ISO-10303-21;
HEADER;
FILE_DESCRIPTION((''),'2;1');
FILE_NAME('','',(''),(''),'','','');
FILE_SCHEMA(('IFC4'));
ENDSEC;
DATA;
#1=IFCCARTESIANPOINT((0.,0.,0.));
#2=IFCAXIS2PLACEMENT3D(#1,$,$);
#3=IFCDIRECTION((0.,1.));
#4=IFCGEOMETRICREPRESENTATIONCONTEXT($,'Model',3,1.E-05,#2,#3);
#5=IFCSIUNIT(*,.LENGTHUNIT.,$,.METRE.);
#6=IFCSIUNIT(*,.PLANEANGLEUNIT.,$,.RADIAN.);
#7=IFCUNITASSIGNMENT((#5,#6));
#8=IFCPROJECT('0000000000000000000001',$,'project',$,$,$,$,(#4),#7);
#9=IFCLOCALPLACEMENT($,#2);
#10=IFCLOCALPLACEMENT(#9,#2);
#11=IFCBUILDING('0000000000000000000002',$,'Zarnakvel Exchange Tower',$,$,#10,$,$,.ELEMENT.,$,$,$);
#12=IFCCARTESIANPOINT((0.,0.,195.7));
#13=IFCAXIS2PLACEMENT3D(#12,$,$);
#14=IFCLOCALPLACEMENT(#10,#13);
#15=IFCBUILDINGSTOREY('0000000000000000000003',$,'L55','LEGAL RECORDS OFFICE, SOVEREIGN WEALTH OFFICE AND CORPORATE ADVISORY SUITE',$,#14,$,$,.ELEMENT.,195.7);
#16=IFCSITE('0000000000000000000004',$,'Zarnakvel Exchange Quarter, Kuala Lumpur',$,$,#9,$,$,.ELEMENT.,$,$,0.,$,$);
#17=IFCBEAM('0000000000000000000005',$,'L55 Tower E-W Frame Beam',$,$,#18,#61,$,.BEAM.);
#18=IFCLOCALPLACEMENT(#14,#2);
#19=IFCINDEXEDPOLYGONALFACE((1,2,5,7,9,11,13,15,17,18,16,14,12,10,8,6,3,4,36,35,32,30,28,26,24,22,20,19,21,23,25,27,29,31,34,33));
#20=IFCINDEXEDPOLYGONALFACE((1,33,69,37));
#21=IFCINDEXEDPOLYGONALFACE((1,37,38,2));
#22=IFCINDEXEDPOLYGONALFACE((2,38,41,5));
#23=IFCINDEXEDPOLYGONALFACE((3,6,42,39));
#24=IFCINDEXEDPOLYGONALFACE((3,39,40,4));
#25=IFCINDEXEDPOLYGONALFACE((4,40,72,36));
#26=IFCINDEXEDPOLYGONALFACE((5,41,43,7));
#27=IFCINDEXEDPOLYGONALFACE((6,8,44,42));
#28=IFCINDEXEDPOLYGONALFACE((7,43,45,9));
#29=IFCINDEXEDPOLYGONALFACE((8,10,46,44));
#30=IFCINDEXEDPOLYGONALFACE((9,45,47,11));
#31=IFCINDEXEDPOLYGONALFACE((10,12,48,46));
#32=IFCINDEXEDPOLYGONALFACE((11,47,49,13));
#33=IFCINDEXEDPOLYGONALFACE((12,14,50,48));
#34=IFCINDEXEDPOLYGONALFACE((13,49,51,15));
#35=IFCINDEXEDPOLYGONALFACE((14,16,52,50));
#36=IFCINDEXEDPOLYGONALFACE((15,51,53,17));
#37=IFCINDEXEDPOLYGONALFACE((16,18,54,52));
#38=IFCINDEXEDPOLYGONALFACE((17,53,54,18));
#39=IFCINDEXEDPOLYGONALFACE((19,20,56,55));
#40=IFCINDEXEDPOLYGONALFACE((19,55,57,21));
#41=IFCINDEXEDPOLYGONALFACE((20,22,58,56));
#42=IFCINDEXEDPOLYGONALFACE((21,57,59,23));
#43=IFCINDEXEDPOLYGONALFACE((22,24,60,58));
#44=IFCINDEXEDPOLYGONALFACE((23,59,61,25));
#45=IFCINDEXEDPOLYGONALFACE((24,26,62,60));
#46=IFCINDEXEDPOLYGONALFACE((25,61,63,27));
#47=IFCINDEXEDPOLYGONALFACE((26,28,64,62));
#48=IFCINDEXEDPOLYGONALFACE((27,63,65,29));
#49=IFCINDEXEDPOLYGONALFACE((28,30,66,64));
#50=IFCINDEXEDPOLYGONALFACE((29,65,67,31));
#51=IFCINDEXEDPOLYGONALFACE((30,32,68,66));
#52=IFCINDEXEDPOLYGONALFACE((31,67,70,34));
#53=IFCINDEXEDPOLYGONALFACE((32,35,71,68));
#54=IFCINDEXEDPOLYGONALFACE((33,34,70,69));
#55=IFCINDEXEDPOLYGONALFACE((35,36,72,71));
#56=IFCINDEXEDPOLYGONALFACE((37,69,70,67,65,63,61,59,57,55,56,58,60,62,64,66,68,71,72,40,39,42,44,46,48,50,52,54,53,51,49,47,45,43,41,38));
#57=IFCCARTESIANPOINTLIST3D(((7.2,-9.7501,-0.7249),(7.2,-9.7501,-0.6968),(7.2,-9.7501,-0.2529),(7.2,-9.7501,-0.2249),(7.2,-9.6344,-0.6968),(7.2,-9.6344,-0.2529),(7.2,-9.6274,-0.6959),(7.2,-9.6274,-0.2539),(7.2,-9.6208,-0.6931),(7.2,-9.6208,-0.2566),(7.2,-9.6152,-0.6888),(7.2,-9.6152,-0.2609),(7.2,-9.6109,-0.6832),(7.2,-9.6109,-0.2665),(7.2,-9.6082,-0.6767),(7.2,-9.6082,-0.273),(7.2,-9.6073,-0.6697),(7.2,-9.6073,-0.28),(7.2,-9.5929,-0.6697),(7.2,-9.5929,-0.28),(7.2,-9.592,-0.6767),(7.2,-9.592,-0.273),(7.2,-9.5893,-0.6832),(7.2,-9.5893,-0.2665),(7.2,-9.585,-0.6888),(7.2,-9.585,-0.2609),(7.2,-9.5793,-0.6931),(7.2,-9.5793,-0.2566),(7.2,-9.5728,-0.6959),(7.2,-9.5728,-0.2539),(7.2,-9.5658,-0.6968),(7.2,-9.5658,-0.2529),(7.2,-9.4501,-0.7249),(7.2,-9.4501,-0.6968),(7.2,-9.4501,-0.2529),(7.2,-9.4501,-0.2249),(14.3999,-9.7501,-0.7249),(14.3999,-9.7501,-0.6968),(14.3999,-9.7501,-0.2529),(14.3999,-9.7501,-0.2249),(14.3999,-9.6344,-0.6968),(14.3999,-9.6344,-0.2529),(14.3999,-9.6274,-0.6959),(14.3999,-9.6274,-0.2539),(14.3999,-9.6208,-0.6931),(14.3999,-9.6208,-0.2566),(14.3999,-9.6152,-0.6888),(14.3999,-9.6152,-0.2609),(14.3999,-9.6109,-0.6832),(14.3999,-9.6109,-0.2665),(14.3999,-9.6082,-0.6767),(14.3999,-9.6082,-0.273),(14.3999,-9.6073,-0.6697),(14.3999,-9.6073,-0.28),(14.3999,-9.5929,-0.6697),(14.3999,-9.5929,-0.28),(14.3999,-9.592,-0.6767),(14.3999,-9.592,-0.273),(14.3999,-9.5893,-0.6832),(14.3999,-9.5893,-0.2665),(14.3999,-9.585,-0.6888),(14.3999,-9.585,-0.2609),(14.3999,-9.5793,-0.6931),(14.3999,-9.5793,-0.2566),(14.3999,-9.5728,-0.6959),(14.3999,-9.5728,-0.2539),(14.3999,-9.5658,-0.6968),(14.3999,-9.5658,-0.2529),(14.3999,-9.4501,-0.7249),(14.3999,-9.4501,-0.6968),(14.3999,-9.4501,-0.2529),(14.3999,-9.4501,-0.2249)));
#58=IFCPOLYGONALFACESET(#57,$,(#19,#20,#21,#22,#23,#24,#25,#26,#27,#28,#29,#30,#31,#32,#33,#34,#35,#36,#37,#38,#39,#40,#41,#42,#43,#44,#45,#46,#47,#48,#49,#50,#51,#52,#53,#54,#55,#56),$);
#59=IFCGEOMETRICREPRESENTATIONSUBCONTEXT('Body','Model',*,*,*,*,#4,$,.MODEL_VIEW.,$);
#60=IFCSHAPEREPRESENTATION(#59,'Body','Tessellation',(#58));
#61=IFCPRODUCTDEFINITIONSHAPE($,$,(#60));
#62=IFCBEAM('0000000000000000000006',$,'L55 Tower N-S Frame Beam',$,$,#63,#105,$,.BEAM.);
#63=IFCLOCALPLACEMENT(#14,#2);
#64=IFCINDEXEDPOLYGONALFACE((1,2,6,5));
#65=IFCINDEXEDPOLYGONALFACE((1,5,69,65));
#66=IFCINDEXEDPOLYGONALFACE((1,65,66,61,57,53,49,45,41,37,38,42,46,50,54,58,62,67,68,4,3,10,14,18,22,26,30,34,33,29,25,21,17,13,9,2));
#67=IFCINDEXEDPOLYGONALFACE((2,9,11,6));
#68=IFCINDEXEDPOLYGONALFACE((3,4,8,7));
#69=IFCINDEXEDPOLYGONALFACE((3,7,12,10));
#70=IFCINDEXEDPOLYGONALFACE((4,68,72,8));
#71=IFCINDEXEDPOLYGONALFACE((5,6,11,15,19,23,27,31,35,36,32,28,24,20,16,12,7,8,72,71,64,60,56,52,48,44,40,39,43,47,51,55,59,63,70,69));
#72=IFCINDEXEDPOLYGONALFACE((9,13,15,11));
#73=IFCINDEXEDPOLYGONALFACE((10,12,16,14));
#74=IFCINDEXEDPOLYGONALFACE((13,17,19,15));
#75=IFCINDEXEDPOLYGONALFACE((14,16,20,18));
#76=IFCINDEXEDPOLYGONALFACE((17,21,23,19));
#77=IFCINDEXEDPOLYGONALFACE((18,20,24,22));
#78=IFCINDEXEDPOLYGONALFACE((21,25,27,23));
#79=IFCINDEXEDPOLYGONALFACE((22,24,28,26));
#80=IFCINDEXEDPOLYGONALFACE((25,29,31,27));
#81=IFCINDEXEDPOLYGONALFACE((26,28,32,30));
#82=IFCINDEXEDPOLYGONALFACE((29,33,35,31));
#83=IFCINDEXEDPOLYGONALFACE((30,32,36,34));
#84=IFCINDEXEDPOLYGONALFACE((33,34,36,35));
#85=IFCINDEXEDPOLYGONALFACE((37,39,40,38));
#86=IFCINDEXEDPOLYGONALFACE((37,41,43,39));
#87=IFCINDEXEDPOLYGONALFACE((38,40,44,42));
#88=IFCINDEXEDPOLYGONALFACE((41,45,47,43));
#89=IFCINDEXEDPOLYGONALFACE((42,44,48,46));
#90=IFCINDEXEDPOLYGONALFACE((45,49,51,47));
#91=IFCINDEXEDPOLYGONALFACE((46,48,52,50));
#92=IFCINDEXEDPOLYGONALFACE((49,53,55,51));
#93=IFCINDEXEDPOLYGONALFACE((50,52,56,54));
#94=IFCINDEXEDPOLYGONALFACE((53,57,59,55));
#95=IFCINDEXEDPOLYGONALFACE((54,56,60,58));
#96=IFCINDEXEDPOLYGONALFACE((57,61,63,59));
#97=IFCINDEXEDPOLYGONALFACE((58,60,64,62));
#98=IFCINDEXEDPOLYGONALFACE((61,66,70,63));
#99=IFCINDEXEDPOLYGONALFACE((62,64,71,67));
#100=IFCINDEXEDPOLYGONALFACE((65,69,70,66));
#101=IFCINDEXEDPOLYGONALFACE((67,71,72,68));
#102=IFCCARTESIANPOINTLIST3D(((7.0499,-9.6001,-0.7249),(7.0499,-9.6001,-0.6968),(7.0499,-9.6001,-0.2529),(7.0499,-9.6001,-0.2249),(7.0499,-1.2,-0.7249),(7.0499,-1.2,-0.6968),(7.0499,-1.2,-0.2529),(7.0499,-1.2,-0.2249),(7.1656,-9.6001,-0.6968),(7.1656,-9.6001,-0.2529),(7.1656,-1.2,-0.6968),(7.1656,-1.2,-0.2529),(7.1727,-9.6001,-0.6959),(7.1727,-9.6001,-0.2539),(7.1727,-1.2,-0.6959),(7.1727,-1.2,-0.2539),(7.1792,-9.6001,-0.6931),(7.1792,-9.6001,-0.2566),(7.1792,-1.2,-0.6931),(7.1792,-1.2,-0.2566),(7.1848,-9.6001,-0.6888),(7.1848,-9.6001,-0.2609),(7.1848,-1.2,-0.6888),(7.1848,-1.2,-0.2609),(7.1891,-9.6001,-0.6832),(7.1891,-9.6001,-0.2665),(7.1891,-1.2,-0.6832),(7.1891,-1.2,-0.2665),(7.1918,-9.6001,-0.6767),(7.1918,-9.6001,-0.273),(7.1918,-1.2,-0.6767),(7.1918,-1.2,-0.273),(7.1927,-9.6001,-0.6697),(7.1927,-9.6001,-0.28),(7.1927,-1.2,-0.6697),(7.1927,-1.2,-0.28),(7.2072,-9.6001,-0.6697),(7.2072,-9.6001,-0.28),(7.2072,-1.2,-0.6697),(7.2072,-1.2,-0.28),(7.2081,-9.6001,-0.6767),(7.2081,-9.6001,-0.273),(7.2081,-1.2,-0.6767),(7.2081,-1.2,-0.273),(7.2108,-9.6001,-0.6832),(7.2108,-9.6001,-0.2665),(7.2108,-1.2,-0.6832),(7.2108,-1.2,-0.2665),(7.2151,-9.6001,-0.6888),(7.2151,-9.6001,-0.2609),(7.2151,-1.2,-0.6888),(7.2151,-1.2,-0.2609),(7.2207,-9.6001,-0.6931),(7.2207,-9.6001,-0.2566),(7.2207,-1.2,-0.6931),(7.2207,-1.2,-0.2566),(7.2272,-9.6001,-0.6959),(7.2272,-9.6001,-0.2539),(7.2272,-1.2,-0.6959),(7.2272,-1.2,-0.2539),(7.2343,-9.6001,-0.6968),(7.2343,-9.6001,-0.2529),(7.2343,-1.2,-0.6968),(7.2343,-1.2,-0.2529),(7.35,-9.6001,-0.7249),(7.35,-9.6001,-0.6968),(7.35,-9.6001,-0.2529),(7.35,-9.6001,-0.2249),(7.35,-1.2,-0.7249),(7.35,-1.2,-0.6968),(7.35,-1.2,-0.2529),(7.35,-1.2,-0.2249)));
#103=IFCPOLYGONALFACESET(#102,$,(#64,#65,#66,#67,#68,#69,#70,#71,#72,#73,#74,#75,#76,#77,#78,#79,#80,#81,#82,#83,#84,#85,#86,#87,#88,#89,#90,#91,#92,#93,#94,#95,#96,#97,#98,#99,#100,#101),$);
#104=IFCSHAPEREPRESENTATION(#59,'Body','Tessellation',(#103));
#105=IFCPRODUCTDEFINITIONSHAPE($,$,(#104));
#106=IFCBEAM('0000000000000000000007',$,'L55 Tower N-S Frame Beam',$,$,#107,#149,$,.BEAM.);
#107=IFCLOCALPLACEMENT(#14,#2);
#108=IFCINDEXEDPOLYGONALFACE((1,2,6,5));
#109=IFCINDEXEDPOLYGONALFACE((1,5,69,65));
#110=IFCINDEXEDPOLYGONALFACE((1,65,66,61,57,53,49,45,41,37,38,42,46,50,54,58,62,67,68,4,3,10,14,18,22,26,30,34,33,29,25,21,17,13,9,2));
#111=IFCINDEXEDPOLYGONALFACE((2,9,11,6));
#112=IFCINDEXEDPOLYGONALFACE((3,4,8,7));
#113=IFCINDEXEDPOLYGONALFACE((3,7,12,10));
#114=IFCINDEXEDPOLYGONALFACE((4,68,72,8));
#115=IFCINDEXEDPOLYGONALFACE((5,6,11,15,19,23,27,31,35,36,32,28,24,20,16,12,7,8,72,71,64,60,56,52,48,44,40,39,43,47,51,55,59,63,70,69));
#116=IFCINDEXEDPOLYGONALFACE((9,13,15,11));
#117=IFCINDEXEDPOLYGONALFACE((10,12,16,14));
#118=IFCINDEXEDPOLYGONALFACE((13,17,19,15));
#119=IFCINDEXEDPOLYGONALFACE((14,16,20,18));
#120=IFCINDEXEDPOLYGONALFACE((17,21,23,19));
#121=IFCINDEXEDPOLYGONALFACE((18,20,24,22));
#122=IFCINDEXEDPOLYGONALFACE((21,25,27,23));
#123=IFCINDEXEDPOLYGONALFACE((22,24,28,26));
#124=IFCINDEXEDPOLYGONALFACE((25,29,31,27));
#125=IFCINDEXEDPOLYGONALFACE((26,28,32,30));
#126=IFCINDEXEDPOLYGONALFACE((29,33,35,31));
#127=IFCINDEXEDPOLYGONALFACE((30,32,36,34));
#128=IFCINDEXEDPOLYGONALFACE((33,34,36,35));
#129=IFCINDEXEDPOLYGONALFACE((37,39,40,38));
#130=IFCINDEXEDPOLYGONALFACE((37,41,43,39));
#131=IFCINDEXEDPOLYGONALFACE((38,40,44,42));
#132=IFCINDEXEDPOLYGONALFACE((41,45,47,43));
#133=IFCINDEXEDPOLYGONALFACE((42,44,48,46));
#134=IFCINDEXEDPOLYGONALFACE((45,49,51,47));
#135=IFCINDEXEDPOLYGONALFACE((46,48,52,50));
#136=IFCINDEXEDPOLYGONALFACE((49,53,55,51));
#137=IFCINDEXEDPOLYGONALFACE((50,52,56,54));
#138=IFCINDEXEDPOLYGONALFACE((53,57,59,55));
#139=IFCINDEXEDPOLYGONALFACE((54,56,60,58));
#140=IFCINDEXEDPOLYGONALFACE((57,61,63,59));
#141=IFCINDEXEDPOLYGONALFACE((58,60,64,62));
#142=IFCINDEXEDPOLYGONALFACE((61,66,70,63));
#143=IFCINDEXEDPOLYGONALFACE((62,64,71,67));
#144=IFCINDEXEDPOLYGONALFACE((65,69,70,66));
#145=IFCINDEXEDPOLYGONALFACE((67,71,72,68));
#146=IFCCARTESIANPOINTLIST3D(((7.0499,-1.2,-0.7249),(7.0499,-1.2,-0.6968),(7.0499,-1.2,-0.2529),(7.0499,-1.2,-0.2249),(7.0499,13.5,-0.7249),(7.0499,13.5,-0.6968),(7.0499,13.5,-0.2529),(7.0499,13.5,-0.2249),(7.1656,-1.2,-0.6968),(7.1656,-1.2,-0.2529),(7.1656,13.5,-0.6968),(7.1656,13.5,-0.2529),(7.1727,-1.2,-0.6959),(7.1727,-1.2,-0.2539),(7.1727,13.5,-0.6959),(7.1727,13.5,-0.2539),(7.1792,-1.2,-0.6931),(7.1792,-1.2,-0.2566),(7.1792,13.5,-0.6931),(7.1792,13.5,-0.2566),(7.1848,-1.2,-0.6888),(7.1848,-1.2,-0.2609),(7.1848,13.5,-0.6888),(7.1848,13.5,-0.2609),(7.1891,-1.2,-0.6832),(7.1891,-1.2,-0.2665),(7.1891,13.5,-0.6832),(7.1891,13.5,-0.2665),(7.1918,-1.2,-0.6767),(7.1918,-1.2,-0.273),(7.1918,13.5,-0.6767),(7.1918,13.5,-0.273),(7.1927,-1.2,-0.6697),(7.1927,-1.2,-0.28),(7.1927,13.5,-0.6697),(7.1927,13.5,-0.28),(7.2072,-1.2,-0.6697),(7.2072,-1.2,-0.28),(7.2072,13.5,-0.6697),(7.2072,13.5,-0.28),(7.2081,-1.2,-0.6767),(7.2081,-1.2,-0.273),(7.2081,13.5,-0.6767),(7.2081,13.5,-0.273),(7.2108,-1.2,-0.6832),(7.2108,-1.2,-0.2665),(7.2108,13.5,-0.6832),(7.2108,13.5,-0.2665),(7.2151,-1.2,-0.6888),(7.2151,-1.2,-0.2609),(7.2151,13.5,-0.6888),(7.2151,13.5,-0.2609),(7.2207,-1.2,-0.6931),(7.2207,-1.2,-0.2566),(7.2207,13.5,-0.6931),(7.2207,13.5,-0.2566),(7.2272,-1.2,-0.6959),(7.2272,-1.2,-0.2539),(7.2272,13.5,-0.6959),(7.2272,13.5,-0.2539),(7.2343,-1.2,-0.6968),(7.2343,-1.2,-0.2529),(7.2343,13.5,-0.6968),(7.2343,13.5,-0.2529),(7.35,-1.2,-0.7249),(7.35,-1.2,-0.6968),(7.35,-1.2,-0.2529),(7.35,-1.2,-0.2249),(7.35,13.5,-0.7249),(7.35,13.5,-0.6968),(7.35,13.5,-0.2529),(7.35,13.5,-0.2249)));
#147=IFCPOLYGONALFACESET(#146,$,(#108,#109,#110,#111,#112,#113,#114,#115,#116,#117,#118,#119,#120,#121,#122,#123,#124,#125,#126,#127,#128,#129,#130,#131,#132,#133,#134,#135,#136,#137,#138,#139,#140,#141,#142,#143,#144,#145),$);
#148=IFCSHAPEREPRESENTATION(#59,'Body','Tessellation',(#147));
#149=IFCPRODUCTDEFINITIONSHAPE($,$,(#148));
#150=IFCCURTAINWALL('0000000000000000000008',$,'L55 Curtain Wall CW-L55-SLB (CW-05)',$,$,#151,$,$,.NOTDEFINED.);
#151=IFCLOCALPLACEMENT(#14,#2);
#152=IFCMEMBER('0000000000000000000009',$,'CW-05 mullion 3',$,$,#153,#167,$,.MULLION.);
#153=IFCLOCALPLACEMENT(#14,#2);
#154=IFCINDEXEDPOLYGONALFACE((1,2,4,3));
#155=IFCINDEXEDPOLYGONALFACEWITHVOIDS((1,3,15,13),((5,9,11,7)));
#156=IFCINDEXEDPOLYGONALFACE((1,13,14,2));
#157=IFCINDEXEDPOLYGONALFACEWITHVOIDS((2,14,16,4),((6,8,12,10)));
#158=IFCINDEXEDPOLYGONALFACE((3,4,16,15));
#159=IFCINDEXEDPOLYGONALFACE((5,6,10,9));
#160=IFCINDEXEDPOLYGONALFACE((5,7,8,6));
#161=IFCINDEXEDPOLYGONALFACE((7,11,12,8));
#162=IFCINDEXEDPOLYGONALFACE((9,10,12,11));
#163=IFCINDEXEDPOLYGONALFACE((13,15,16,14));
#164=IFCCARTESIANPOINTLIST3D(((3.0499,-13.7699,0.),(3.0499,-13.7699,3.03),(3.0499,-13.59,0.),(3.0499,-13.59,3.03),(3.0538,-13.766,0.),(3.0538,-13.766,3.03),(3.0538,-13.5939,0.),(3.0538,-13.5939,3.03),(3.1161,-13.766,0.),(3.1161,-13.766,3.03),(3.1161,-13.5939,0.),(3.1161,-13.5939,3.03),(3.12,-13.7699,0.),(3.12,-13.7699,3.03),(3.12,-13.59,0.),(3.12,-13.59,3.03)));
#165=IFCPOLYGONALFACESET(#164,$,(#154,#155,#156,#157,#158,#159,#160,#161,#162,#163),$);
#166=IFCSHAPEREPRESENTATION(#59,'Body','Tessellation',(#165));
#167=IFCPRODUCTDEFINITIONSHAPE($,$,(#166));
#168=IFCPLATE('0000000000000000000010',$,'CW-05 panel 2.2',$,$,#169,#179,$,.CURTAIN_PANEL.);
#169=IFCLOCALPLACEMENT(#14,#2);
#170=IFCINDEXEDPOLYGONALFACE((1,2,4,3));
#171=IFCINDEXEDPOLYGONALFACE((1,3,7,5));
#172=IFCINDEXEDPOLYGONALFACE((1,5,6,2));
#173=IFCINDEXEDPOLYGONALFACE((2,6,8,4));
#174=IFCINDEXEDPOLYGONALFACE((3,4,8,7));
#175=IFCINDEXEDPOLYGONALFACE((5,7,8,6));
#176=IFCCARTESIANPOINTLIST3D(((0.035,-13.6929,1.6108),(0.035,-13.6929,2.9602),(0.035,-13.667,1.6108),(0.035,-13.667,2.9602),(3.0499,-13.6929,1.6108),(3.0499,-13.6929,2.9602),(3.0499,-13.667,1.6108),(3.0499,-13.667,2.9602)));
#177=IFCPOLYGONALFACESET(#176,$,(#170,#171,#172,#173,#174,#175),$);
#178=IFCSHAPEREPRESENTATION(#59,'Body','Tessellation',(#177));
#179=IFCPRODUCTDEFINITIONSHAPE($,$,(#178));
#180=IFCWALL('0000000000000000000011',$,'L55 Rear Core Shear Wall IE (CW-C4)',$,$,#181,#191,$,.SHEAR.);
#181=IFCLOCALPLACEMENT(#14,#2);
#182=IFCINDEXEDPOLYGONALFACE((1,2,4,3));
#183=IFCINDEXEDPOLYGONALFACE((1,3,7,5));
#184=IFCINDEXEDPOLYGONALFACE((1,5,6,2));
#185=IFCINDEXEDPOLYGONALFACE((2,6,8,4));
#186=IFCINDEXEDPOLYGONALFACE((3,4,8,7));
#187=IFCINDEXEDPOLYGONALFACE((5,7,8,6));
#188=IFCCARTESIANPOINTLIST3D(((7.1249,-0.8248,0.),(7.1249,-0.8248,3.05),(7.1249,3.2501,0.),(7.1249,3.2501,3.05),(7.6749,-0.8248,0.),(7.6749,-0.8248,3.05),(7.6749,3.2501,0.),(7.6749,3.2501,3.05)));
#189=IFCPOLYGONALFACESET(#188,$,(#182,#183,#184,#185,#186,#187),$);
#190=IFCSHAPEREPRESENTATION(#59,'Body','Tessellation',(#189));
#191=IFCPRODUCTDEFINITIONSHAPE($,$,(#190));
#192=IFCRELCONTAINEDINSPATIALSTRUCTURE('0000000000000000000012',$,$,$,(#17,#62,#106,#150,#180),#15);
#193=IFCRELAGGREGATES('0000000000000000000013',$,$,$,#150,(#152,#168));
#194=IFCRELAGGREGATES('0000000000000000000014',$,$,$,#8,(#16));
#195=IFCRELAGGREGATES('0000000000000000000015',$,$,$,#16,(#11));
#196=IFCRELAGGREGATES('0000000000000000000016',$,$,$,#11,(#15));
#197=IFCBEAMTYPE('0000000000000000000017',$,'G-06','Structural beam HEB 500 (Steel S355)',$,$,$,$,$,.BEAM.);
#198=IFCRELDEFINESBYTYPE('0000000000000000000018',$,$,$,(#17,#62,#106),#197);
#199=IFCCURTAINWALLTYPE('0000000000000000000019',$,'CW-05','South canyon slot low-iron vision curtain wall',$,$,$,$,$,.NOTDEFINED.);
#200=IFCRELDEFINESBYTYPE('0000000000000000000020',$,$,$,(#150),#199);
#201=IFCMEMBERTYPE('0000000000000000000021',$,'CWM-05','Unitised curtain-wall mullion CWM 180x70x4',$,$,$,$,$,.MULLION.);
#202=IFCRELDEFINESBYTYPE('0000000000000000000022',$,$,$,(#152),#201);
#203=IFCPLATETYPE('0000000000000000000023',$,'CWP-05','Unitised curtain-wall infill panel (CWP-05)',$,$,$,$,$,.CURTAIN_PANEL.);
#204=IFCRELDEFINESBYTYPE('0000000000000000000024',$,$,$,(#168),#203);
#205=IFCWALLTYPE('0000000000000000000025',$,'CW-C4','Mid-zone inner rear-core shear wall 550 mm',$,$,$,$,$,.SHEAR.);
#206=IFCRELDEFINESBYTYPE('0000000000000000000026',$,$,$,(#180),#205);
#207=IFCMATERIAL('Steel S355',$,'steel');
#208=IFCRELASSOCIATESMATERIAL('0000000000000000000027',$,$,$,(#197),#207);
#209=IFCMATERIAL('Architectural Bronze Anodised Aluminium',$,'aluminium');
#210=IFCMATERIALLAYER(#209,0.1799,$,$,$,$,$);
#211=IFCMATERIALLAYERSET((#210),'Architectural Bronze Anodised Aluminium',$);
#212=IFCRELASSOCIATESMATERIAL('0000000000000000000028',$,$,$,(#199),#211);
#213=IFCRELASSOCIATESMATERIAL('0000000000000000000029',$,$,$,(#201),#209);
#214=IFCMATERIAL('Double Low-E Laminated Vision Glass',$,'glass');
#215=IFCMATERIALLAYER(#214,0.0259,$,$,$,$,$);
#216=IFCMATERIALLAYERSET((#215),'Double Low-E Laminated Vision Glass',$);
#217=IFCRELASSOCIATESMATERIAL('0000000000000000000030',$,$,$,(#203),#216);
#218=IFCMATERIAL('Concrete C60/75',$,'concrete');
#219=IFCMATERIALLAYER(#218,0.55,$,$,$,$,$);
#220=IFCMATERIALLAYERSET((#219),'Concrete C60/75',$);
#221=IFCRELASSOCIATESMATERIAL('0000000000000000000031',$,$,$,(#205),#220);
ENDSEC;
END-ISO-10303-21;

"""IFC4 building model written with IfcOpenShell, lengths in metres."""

from ifc_helpers import new_model, si_unit, direction, frame, frame_2d, origin, origin_2d, place, context, subcontext, project, spatial, rectangle, hollow_rectangle, i_section, extrude, source, transform, mapped, material, layer, layer_set, material_profile, profile_set, type_object, element, aggregate, save


model = new_model("IFC4")

# Units and contexts
model_context = context("Model", 3, precision=1e-05, world=origin(), true_north=direction((0.0, 1.0)))
body_context = subcontext(model_context, "Body", "Model", "MODEL_VIEW")
ifc_project = project(units=[si_unit("LENGTHUNIT", "METRE"), si_unit("PLANEANGLEUNIT", "RADIAN")], contexts=[model_context])

# Site, building, storey
site_placement = place(None, origin())
site = spatial("IfcSite", under=ifc_project, at=site_placement, Name="Zarnakvel Exchange Quarter, Kuala Lumpur", CompositionType="ELEMENT", RefElevation=0.0)
building_placement = place(site_placement, origin())
building = spatial("IfcBuilding", under=site, at=building_placement, Name="Zarnakvel Exchange Tower", CompositionType="ELEMENT")
storey_placement = place(building_placement, frame((0.0, 0.0, 195.7)))
storey = spatial("IfcBuildingStorey", under=building, at=storey_placement, Name="L55", Description="LEGAL RECORDS OFFICE, SOVEREIGN WEALTH OFFICE AND CORPORATE ADVISORY SUITE", CompositionType="ELEMENT", Elevation=195.7)

# Shared definitions
ifc_material_1 = material(Name="Concrete C60/75", Category="concrete")

# Beams
ifc_material_2 = material(Name="Steel S355", Category="steel")
ifc_material_profile_1 = material_profile(ifc_material_2, i_section(OverallWidth=0.3, OverallDepth=0.5, WebThickness=0.0144, FlangeThickness=0.0281, FilletRadius=0.0271, at=origin_2d()))
ifc_profile_set_1 = profile_set([ifc_material_profile_1], Name="Steel S355")
beam_type_1 = type_object("IfcBeamType", Name="G-06", Description="Structural beam HEB 500 (Steel S355)", PredefinedType="BEAM", material=ifc_profile_set_1)
beam_1_placement = place(storey_placement, frame((7.2, -9.6001, -0.4749), z_axis=(1.0, 0.0, 0.0), x_axis=(0.0, 1.0, 0.0)))
element("IfcBeam", 1, at=beam_1_placement, inside=storey, type_object=beam_type_1, Name="L55 Tower E-W Frame Beam", PredefinedType="BEAM", context=body_context, shape_type="SweptSolid", body=[
    extrude(i_section(OverallWidth=0.3, OverallDepth=0.5, WebThickness=0.0144, FlangeThickness=0.0281, FilletRadius=0.0271, at=origin_2d()), origin(), (0.0, 0.0, 1.0), 7.2),
])
beam_2_placement = place(storey_placement, frame((7.2, -9.6001, -0.4749), z_axis=(0.0, 1.0, 0.0), x_axis=(-1.0, 0.0, 0.0)))
element("IfcBeam", 2, at=beam_2_placement, inside=storey, type_object=beam_type_1, Name="L55 Tower N-S Frame Beam", PredefinedType="BEAM", context=body_context, shape_type="SweptSolid", body=[
    extrude(i_section(OverallWidth=0.3, OverallDepth=0.5, WebThickness=0.0144, FlangeThickness=0.0281, FilletRadius=0.0271, at=origin_2d()), origin(), (0.0, 0.0, 1.0), 8.4001),
])
beam_3_placement = place(storey_placement, frame((7.2, -1.2, -0.4749), z_axis=(0.0, 1.0, 0.0), x_axis=(-1.0, 0.0, 0.0)))
element("IfcBeam", 3, at=beam_3_placement, inside=storey, type_object=beam_type_1, Name="L55 Tower N-S Frame Beam", PredefinedType="BEAM", context=body_context, shape_type="SweptSolid", body=[
    extrude(i_section(OverallWidth=0.3, OverallDepth=0.5, WebThickness=0.0144, FlangeThickness=0.0281, FilletRadius=0.0271, at=origin_2d()), origin(), (0.0, 0.0, 1.0), 14.7),
])

# Curtain wall, member, plate
ifc_material_3 = material(Name="Architectural Bronze Anodised Aluminium", Category="aluminium")
ifc_layer_1 = layer(ifc_material_3, 0.1799)
ifc_layer_set_1 = layer_set([ifc_layer_1], Name="Architectural Bronze Anodised Aluminium")
curtain_wall_type = type_object("IfcCurtainWallType", Name="CW-05", Description="South canyon slot low-iron vision curtain wall", PredefinedType="NOTDEFINED", material=ifc_layer_set_1)
curtain_wall_placement = place(storey_placement, origin())
curtain_wall = element("IfcCurtainWall", 4, at=curtain_wall_placement, inside=storey, type_object=curtain_wall_type, Name="L55 Curtain Wall CW-L55-SLB (CW-05)", PredefinedType="NOTDEFINED")
ifc_material_profile_2 = material_profile(ifc_material_3, hollow_rectangle(XDim=0.1799, YDim=0.0701, WallThickness=0.0039, at=origin_2d()))
ifc_profile_set_2 = profile_set([ifc_material_profile_2], Name="Architectural Bronze Anodised Aluminium")
member_type = type_object("IfcMemberType", Name="CWM-05", Description="Unitised curtain-wall mullion CWM 180x70x4", PredefinedType="MULLION", material=ifc_profile_set_2)
shared_shape_1 = source(origin(), body_context, "Body", "SweptSolid", [
    extrude(hollow_rectangle(XDim=0.1799, YDim=0.0701, WallThickness=0.0039, at=origin_2d()), origin(), (0.0, 0.0, 1.0), 3.03),
])
member_placement = place(storey_placement, frame((3.085, -13.6799, 0.0), z_axis=(0.0, 0.0, 1.0), x_axis=(0.0, 1.0, 0.0)))
member = element("IfcMember", 5, at=member_placement, type_object=member_type, Name="CW-05 mullion 3", PredefinedType="MULLION", context=body_context, shape_type="MappedRepresentation", body=[
    mapped(shared_shape_1, transform((0.0, 0.0, 0.0), x_axis=(1.0, 0.0, 0.0), y_axis=(0.0, 1.0, 0.0), z_axis=(0.0, 0.0, 1.0), scale=1.0)),
])
ifc_material_4 = material(Name="Double Low-E Laminated Vision Glass", Category="glass")
ifc_layer_2 = layer(ifc_material_4, 0.0259)
ifc_layer_set_2 = layer_set([ifc_layer_2], Name="Double Low-E Laminated Vision Glass")
plate_type = type_object("IfcPlateType", Name="CWP-05", Description="Unitised curtain-wall infill panel (CWP-05)", PredefinedType="CURTAIN_PANEL", material=ifc_layer_set_2)
shared_shape_2 = source(origin(), body_context, "Body", "SweptSolid", [
    extrude(rectangle(XDim=3.0149, YDim=0.0259, at=origin_2d()), origin(), (0.0, 0.0, 1.0), 1.3494),
])
plate_placement = place(storey_placement, frame((1.5425, -13.6799, 1.6108), z_axis=(0.0, 0.0, 1.0), x_axis=(1.0, 0.0, 0.0)))
plate = element("IfcPlate", 6, at=plate_placement, type_object=plate_type, Name="CW-05 panel 2.2", PredefinedType="CURTAIN_PANEL", context=body_context, shape_type="MappedRepresentation", body=[
    mapped(shared_shape_2, transform((0.0, 0.0, 0.0), x_axis=(1.0, 0.0, 0.0), y_axis=(0.0, 1.0, 0.0), z_axis=(0.0, 0.0, 1.0), scale=1.0)),
])
aggregate(curtain_wall, [member, plate])

# Wall
ifc_layer_3 = layer(ifc_material_1, 0.55)
ifc_layer_set_3 = layer_set([ifc_layer_3], Name="Concrete C60/75")
wall_type_1 = type_object("IfcWallType", Name="CW-C4", Description="Mid-zone inner rear-core shear wall 550 mm", PredefinedType="SHEAR", material=ifc_layer_set_3)
wall_1_placement = place(storey_placement, frame((7.3999, -0.825, 0.0), z_axis=(0.0, 0.0, 1.0), x_axis=(0.0, 1.0, 0.0)))
element("IfcWall", 7, at=wall_1_placement, inside=storey, type_object=wall_type_1, Name="L55 Rear Core Shear Wall IE (CW-C4)", PredefinedType="SHEAR", context=body_context, shape_type="SweptSolid", body=[
    extrude(rectangle(XDim=4.075, YDim=0.55, at=frame_2d((2.0376, 0.0))), origin(), (0.0, 0.0, 1.0), 3.05),
])

save(model, "model.ifc")
